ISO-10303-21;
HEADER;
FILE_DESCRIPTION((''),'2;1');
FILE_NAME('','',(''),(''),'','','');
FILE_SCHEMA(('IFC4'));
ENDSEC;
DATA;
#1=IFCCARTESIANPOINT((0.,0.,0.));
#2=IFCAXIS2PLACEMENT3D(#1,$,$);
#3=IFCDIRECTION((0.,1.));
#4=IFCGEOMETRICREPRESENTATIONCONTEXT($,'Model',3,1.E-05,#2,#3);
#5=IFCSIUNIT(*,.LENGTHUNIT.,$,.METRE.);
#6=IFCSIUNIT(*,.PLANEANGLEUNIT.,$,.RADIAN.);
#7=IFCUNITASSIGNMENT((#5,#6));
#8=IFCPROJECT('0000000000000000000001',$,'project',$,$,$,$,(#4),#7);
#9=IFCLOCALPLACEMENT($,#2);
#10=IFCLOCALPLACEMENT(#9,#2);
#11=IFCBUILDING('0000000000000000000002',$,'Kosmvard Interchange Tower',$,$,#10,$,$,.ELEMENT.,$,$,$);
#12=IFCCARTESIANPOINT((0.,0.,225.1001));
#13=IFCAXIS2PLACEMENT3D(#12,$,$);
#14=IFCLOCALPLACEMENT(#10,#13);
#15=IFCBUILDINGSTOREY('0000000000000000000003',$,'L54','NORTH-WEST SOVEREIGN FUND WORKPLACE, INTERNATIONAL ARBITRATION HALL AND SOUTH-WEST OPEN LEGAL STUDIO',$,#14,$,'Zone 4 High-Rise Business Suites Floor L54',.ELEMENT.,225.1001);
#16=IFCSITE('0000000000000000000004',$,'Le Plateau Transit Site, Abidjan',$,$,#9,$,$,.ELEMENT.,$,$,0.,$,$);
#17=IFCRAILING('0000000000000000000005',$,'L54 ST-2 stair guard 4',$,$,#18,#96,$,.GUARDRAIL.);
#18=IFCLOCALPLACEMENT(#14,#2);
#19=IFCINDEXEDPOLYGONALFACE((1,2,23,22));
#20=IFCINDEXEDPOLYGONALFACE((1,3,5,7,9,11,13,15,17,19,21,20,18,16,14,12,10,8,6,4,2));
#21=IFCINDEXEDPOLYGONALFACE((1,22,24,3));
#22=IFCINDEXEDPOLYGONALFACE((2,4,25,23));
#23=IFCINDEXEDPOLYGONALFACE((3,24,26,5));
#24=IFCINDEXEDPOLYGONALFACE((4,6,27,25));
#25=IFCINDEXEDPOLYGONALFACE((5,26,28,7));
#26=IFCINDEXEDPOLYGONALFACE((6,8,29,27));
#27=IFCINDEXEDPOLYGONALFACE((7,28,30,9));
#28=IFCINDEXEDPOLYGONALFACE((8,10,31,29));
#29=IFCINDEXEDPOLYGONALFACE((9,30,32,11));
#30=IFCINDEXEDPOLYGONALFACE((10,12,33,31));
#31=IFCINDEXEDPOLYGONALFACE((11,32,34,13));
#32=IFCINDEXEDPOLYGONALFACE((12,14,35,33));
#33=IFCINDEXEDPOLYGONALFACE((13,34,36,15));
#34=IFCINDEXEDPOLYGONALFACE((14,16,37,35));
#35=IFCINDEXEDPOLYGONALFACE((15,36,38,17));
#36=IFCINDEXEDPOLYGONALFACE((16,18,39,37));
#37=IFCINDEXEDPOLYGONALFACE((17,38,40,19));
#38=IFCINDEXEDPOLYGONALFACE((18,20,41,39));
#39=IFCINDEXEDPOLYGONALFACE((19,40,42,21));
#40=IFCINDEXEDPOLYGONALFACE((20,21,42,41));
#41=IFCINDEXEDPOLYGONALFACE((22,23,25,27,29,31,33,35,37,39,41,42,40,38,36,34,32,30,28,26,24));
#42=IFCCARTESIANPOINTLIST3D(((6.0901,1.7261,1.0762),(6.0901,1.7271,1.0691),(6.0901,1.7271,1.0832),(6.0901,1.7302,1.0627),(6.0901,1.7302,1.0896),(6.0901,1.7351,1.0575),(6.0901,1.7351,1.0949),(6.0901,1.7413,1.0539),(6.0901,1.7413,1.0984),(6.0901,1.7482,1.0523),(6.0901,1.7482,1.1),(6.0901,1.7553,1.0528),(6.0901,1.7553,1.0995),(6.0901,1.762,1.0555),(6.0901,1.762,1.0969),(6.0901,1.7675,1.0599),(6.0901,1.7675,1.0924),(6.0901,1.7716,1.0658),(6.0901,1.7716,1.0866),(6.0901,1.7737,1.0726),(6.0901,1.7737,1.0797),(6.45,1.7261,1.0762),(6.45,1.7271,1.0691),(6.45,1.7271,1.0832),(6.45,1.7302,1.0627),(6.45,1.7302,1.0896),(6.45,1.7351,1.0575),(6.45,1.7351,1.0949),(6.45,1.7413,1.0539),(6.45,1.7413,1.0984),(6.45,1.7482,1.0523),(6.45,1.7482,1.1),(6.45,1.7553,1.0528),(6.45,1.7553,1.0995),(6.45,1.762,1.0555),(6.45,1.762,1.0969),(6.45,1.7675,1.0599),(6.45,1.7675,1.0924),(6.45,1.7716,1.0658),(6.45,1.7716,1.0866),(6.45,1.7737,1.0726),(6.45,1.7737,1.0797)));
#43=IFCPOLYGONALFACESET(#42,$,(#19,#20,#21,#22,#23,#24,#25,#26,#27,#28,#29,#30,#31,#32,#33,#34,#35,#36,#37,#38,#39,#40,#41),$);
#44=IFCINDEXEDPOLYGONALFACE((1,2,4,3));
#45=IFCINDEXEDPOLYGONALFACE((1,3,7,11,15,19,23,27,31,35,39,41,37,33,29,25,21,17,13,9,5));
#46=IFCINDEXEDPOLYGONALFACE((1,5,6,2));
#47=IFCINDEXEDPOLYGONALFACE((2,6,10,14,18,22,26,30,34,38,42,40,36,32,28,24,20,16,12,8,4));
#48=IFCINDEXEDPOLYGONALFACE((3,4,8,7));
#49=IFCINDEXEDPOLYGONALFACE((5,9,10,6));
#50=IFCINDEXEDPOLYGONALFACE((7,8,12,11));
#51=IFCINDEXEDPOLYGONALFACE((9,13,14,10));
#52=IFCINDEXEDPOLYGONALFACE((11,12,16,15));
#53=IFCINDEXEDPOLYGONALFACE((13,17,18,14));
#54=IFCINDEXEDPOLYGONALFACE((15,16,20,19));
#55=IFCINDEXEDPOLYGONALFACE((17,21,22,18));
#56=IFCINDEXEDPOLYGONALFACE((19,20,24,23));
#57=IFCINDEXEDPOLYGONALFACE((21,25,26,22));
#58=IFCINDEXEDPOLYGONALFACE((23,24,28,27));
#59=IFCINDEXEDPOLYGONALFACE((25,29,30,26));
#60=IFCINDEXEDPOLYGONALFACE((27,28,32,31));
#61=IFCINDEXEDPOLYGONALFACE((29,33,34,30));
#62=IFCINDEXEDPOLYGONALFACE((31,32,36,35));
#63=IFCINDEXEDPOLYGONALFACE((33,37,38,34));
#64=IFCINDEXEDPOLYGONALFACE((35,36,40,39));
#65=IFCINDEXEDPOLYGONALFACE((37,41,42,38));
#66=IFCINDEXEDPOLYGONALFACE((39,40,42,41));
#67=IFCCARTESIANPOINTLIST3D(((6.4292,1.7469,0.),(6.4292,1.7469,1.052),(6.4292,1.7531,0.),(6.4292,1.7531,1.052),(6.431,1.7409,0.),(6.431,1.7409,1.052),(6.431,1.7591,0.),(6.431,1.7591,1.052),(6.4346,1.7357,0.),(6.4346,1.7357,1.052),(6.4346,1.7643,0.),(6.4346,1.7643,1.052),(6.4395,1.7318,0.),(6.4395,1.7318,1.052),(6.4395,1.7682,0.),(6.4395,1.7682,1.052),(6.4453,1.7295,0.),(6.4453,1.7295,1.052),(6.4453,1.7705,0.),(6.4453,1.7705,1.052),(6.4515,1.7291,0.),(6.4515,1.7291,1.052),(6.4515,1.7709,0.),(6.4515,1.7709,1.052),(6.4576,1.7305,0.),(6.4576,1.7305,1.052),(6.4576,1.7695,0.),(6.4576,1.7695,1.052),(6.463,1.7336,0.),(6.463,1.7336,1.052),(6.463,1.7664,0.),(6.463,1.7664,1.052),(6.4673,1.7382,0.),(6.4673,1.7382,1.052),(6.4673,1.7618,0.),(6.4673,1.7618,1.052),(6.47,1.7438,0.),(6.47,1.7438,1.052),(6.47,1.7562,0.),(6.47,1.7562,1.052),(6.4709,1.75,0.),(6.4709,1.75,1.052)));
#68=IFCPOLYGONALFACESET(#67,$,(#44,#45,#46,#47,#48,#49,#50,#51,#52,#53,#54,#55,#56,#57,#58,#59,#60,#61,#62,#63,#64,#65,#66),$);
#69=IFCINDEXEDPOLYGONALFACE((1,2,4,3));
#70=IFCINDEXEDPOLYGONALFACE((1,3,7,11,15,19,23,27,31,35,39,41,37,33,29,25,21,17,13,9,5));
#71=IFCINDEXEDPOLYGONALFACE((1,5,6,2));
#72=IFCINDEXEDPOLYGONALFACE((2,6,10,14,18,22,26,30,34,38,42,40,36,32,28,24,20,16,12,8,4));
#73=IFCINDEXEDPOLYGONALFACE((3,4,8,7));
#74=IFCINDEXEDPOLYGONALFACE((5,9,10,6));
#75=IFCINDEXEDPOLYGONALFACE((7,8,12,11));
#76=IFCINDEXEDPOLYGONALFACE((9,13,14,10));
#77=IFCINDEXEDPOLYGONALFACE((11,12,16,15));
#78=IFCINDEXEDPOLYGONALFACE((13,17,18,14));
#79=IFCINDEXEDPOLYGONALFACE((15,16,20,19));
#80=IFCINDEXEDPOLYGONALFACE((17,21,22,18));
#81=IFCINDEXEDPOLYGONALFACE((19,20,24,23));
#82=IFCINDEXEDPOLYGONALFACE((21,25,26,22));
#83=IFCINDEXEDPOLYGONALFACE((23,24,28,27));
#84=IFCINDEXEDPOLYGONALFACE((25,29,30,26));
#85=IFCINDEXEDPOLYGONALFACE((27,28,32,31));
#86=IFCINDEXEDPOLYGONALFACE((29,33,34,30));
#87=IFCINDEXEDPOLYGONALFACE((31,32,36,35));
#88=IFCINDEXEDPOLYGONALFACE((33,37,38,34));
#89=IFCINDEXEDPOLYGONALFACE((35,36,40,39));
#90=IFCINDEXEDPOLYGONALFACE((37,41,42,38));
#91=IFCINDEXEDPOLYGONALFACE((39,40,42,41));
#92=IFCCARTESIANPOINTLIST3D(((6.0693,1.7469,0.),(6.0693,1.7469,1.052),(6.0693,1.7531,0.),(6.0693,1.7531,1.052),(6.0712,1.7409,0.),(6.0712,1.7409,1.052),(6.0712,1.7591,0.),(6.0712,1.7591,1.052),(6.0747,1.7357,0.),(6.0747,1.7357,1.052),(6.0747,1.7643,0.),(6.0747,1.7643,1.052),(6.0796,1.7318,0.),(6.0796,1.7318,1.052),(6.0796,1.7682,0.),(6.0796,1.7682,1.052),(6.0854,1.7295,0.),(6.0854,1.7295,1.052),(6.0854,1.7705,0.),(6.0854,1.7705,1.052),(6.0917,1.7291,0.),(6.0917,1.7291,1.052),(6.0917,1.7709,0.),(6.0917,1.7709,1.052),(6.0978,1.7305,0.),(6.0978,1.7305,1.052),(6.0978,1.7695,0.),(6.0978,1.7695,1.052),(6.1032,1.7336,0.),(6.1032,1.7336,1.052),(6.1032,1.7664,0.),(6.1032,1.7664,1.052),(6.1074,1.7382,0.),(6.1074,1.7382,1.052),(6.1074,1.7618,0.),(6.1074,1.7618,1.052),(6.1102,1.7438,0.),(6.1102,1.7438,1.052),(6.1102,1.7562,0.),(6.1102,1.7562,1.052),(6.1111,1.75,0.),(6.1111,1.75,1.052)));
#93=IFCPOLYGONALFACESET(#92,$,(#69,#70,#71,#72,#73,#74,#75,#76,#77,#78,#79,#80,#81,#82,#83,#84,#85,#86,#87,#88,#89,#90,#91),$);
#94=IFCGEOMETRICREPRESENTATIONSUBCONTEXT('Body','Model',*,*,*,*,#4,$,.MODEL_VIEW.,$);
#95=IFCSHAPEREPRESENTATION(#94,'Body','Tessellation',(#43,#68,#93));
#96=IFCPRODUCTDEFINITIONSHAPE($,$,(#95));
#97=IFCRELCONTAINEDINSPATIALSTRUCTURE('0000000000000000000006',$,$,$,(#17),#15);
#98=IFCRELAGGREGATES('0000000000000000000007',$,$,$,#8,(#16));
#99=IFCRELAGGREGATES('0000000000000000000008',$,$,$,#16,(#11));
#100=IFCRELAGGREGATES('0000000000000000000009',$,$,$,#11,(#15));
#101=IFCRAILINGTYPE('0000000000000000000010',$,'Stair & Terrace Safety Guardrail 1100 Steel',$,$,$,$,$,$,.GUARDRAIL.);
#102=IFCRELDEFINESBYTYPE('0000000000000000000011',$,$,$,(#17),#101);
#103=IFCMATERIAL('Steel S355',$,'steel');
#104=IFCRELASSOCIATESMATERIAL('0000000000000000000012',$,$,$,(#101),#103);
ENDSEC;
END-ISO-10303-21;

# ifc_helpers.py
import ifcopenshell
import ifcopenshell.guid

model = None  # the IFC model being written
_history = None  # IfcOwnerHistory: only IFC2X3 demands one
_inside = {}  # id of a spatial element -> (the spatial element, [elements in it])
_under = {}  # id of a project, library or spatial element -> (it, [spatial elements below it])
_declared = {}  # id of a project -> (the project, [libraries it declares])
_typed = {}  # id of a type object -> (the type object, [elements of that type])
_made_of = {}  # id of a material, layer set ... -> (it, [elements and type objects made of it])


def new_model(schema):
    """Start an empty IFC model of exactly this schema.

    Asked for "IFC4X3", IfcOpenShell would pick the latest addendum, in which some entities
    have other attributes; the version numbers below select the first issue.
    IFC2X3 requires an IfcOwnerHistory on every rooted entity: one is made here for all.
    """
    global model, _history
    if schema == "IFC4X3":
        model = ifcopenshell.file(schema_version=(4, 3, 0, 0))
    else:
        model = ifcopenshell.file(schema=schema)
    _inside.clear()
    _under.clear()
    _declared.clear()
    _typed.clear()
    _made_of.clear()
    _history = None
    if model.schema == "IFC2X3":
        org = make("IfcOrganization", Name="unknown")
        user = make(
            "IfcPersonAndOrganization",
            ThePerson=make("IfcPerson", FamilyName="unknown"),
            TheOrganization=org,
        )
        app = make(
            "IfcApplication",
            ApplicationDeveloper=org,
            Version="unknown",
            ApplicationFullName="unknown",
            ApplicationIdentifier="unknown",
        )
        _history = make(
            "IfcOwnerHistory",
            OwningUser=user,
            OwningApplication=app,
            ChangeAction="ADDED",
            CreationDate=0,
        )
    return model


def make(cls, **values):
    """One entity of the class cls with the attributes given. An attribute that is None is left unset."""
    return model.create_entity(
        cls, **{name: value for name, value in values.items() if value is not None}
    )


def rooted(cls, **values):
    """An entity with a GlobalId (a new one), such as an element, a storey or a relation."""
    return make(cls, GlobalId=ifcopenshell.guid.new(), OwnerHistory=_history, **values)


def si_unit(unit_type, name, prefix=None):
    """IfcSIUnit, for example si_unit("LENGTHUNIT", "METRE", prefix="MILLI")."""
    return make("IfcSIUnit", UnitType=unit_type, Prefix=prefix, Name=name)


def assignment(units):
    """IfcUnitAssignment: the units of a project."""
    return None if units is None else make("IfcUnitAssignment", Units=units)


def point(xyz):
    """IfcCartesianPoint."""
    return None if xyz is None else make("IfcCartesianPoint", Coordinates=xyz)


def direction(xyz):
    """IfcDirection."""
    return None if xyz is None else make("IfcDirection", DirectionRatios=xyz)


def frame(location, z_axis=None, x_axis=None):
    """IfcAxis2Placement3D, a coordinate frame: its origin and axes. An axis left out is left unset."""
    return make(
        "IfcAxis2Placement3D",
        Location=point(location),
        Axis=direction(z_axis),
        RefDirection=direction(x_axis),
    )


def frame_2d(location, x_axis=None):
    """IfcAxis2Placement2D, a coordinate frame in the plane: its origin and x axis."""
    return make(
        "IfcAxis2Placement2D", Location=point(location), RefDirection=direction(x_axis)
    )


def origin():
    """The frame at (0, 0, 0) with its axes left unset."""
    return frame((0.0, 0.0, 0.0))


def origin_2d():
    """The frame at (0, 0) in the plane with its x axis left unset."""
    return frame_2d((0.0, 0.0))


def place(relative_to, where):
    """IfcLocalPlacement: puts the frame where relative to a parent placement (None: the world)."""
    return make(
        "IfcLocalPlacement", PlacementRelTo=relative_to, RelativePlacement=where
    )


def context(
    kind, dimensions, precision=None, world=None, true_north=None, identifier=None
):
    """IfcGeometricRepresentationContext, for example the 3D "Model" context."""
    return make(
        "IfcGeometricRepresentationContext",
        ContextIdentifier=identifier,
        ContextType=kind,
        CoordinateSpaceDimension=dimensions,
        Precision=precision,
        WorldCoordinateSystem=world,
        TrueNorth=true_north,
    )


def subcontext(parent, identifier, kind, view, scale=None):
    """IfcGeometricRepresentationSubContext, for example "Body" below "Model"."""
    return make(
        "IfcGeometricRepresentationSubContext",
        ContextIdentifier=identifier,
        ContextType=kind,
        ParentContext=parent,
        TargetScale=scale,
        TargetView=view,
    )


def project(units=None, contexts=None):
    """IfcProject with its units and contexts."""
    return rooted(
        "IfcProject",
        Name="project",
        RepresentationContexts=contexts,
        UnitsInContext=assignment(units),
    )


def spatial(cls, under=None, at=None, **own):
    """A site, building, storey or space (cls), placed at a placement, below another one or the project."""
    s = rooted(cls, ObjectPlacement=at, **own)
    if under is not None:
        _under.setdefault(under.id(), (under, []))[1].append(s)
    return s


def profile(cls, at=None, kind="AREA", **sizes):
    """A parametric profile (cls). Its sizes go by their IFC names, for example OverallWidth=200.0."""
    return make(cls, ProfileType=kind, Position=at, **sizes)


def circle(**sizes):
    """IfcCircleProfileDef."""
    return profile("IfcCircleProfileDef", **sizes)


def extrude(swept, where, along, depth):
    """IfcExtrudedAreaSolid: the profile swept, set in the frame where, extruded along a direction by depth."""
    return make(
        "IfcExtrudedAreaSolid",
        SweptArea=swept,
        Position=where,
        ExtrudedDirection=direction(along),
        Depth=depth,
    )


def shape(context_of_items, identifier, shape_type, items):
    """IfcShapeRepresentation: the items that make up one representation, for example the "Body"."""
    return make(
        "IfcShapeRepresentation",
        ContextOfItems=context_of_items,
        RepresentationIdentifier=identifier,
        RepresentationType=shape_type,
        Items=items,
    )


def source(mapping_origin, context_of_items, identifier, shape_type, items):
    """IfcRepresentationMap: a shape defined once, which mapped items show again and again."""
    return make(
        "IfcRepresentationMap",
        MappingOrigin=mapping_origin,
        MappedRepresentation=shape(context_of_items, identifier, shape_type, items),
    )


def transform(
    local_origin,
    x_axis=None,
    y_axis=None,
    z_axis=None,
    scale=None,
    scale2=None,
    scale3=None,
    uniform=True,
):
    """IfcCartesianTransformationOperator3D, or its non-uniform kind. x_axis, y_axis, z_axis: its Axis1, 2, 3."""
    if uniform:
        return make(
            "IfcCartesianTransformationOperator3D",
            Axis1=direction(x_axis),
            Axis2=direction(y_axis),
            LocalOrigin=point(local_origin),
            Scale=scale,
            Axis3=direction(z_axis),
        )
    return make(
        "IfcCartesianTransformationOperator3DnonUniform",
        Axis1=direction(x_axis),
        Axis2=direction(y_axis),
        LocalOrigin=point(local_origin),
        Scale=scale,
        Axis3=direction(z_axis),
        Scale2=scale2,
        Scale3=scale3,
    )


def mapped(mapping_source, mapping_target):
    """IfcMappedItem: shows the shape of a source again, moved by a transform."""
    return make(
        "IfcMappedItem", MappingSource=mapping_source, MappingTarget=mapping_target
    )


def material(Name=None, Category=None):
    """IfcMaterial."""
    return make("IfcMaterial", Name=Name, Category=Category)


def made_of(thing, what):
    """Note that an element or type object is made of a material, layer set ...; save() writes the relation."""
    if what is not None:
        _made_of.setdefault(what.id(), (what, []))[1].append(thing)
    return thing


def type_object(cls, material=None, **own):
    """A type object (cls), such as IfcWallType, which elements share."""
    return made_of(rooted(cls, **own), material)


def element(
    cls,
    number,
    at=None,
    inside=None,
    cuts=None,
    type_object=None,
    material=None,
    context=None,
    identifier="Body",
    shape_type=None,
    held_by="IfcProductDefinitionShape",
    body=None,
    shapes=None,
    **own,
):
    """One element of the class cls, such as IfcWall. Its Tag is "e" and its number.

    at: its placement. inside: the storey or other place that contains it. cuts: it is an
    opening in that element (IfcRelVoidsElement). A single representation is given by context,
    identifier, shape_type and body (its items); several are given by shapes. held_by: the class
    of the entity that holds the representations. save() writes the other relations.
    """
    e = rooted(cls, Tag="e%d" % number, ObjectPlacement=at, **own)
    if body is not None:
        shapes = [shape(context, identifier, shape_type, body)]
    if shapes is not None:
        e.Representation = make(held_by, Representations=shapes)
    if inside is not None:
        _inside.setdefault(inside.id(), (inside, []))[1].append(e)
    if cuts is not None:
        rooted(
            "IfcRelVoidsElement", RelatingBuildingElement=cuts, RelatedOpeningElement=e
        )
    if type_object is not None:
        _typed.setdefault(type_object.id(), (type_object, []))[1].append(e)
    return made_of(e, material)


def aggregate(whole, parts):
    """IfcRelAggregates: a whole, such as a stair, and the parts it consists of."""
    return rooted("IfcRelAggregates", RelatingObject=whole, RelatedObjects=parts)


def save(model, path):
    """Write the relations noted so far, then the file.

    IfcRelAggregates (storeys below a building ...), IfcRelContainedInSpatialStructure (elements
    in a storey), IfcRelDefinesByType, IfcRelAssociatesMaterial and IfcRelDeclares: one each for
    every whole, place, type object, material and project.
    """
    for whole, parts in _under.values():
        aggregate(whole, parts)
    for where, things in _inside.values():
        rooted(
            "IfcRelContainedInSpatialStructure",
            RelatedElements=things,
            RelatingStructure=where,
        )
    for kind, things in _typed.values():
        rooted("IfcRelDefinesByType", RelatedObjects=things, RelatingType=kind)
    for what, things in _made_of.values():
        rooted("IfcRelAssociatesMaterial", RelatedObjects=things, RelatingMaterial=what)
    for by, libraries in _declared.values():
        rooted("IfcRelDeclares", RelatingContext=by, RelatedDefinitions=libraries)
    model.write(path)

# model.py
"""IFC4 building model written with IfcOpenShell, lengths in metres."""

from ifc_helpers import new_model, si_unit, direction, frame, origin, origin_2d, place, context, subcontext, project, spatial, circle, extrude, source, transform, mapped, material, type_object, element, save


model = new_model("IFC4")

# Units and contexts
model_context = context("Model", 3, precision=1e-05, world=origin(), true_north=direction((0.0, 1.0)))
body_context = subcontext(model_context, "Body", "Model", "MODEL_VIEW")
ifc_project = project(units=[si_unit("LENGTHUNIT", "METRE"), si_unit("PLANEANGLEUNIT", "RADIAN")], contexts=[model_context])

# Site, building, storey
site_placement = place(None, origin())
site = spatial("IfcSite", under=ifc_project, at=site_placement, Name="Le Plateau Transit Site, Abidjan", CompositionType="ELEMENT", RefElevation=0.0)
building_placement = place(site_placement, origin())
building = spatial("IfcBuilding", under=site, at=building_placement, Name="Kosmvard Interchange Tower", CompositionType="ELEMENT")
storey_placement = place(building_placement, frame((0.0, 0.0, 225.1001)))
storey = spatial("IfcBuildingStorey", under=building, at=storey_placement, Name="L54", Description="NORTH-WEST SOVEREIGN FUND WORKPLACE, INTERNATIONAL ARBITRATION HALL AND SOUTH-WEST OPEN LEGAL STUDIO", LongName="Zone 4 High-Rise Business Suites Floor L54", CompositionType="ELEMENT", Elevation=225.1001)

# Railing
ifc_material_1 = material(Name="Steel S355", Category="steel")
railing_type_1 = type_object("IfcRailingType", Name="Stair & Terrace Safety Guardrail 1100 Steel", PredefinedType="GUARDRAIL", material=ifc_material_1)
shared_shape_1 = source(origin(), body_context, "Body", "SweptSolid", [
    extrude(circle(Radius=0.0239, at=origin_2d()), frame((0.0, 0.0, 1.0762), z_axis=(-1.0, 0.0, 0.0), x_axis=(0.0, -1.0, 0.0)), (0.0, 0.0, 1.0), 0.3599),
    extrude(circle(Radius=0.021, at=origin_2d()), origin(), (0.0, 0.0, 1.0), 1.052),
    extrude(circle(Radius=0.021, at=origin_2d()), frame((-0.3599, 0.0, 0.0)), (0.0, 0.0, 1.0), 1.052),
])
for number, where, name in (
    (1, (6.45, 1.75, 0.0), "L54 ST-2 stair guard 4"),
):
    element("IfcRailing", number, at=place(storey_placement, frame(where)), inside=storey, type_object=railing_type_1, Name=name, PredefinedType="GUARDRAIL", context=body_context, shape_type="MappedRepresentation", body=[
        mapped(shared_shape_1, transform((0.0, 0.0, 0.0), scale=1.0)),
    ])

save(model, "model.ifc")
